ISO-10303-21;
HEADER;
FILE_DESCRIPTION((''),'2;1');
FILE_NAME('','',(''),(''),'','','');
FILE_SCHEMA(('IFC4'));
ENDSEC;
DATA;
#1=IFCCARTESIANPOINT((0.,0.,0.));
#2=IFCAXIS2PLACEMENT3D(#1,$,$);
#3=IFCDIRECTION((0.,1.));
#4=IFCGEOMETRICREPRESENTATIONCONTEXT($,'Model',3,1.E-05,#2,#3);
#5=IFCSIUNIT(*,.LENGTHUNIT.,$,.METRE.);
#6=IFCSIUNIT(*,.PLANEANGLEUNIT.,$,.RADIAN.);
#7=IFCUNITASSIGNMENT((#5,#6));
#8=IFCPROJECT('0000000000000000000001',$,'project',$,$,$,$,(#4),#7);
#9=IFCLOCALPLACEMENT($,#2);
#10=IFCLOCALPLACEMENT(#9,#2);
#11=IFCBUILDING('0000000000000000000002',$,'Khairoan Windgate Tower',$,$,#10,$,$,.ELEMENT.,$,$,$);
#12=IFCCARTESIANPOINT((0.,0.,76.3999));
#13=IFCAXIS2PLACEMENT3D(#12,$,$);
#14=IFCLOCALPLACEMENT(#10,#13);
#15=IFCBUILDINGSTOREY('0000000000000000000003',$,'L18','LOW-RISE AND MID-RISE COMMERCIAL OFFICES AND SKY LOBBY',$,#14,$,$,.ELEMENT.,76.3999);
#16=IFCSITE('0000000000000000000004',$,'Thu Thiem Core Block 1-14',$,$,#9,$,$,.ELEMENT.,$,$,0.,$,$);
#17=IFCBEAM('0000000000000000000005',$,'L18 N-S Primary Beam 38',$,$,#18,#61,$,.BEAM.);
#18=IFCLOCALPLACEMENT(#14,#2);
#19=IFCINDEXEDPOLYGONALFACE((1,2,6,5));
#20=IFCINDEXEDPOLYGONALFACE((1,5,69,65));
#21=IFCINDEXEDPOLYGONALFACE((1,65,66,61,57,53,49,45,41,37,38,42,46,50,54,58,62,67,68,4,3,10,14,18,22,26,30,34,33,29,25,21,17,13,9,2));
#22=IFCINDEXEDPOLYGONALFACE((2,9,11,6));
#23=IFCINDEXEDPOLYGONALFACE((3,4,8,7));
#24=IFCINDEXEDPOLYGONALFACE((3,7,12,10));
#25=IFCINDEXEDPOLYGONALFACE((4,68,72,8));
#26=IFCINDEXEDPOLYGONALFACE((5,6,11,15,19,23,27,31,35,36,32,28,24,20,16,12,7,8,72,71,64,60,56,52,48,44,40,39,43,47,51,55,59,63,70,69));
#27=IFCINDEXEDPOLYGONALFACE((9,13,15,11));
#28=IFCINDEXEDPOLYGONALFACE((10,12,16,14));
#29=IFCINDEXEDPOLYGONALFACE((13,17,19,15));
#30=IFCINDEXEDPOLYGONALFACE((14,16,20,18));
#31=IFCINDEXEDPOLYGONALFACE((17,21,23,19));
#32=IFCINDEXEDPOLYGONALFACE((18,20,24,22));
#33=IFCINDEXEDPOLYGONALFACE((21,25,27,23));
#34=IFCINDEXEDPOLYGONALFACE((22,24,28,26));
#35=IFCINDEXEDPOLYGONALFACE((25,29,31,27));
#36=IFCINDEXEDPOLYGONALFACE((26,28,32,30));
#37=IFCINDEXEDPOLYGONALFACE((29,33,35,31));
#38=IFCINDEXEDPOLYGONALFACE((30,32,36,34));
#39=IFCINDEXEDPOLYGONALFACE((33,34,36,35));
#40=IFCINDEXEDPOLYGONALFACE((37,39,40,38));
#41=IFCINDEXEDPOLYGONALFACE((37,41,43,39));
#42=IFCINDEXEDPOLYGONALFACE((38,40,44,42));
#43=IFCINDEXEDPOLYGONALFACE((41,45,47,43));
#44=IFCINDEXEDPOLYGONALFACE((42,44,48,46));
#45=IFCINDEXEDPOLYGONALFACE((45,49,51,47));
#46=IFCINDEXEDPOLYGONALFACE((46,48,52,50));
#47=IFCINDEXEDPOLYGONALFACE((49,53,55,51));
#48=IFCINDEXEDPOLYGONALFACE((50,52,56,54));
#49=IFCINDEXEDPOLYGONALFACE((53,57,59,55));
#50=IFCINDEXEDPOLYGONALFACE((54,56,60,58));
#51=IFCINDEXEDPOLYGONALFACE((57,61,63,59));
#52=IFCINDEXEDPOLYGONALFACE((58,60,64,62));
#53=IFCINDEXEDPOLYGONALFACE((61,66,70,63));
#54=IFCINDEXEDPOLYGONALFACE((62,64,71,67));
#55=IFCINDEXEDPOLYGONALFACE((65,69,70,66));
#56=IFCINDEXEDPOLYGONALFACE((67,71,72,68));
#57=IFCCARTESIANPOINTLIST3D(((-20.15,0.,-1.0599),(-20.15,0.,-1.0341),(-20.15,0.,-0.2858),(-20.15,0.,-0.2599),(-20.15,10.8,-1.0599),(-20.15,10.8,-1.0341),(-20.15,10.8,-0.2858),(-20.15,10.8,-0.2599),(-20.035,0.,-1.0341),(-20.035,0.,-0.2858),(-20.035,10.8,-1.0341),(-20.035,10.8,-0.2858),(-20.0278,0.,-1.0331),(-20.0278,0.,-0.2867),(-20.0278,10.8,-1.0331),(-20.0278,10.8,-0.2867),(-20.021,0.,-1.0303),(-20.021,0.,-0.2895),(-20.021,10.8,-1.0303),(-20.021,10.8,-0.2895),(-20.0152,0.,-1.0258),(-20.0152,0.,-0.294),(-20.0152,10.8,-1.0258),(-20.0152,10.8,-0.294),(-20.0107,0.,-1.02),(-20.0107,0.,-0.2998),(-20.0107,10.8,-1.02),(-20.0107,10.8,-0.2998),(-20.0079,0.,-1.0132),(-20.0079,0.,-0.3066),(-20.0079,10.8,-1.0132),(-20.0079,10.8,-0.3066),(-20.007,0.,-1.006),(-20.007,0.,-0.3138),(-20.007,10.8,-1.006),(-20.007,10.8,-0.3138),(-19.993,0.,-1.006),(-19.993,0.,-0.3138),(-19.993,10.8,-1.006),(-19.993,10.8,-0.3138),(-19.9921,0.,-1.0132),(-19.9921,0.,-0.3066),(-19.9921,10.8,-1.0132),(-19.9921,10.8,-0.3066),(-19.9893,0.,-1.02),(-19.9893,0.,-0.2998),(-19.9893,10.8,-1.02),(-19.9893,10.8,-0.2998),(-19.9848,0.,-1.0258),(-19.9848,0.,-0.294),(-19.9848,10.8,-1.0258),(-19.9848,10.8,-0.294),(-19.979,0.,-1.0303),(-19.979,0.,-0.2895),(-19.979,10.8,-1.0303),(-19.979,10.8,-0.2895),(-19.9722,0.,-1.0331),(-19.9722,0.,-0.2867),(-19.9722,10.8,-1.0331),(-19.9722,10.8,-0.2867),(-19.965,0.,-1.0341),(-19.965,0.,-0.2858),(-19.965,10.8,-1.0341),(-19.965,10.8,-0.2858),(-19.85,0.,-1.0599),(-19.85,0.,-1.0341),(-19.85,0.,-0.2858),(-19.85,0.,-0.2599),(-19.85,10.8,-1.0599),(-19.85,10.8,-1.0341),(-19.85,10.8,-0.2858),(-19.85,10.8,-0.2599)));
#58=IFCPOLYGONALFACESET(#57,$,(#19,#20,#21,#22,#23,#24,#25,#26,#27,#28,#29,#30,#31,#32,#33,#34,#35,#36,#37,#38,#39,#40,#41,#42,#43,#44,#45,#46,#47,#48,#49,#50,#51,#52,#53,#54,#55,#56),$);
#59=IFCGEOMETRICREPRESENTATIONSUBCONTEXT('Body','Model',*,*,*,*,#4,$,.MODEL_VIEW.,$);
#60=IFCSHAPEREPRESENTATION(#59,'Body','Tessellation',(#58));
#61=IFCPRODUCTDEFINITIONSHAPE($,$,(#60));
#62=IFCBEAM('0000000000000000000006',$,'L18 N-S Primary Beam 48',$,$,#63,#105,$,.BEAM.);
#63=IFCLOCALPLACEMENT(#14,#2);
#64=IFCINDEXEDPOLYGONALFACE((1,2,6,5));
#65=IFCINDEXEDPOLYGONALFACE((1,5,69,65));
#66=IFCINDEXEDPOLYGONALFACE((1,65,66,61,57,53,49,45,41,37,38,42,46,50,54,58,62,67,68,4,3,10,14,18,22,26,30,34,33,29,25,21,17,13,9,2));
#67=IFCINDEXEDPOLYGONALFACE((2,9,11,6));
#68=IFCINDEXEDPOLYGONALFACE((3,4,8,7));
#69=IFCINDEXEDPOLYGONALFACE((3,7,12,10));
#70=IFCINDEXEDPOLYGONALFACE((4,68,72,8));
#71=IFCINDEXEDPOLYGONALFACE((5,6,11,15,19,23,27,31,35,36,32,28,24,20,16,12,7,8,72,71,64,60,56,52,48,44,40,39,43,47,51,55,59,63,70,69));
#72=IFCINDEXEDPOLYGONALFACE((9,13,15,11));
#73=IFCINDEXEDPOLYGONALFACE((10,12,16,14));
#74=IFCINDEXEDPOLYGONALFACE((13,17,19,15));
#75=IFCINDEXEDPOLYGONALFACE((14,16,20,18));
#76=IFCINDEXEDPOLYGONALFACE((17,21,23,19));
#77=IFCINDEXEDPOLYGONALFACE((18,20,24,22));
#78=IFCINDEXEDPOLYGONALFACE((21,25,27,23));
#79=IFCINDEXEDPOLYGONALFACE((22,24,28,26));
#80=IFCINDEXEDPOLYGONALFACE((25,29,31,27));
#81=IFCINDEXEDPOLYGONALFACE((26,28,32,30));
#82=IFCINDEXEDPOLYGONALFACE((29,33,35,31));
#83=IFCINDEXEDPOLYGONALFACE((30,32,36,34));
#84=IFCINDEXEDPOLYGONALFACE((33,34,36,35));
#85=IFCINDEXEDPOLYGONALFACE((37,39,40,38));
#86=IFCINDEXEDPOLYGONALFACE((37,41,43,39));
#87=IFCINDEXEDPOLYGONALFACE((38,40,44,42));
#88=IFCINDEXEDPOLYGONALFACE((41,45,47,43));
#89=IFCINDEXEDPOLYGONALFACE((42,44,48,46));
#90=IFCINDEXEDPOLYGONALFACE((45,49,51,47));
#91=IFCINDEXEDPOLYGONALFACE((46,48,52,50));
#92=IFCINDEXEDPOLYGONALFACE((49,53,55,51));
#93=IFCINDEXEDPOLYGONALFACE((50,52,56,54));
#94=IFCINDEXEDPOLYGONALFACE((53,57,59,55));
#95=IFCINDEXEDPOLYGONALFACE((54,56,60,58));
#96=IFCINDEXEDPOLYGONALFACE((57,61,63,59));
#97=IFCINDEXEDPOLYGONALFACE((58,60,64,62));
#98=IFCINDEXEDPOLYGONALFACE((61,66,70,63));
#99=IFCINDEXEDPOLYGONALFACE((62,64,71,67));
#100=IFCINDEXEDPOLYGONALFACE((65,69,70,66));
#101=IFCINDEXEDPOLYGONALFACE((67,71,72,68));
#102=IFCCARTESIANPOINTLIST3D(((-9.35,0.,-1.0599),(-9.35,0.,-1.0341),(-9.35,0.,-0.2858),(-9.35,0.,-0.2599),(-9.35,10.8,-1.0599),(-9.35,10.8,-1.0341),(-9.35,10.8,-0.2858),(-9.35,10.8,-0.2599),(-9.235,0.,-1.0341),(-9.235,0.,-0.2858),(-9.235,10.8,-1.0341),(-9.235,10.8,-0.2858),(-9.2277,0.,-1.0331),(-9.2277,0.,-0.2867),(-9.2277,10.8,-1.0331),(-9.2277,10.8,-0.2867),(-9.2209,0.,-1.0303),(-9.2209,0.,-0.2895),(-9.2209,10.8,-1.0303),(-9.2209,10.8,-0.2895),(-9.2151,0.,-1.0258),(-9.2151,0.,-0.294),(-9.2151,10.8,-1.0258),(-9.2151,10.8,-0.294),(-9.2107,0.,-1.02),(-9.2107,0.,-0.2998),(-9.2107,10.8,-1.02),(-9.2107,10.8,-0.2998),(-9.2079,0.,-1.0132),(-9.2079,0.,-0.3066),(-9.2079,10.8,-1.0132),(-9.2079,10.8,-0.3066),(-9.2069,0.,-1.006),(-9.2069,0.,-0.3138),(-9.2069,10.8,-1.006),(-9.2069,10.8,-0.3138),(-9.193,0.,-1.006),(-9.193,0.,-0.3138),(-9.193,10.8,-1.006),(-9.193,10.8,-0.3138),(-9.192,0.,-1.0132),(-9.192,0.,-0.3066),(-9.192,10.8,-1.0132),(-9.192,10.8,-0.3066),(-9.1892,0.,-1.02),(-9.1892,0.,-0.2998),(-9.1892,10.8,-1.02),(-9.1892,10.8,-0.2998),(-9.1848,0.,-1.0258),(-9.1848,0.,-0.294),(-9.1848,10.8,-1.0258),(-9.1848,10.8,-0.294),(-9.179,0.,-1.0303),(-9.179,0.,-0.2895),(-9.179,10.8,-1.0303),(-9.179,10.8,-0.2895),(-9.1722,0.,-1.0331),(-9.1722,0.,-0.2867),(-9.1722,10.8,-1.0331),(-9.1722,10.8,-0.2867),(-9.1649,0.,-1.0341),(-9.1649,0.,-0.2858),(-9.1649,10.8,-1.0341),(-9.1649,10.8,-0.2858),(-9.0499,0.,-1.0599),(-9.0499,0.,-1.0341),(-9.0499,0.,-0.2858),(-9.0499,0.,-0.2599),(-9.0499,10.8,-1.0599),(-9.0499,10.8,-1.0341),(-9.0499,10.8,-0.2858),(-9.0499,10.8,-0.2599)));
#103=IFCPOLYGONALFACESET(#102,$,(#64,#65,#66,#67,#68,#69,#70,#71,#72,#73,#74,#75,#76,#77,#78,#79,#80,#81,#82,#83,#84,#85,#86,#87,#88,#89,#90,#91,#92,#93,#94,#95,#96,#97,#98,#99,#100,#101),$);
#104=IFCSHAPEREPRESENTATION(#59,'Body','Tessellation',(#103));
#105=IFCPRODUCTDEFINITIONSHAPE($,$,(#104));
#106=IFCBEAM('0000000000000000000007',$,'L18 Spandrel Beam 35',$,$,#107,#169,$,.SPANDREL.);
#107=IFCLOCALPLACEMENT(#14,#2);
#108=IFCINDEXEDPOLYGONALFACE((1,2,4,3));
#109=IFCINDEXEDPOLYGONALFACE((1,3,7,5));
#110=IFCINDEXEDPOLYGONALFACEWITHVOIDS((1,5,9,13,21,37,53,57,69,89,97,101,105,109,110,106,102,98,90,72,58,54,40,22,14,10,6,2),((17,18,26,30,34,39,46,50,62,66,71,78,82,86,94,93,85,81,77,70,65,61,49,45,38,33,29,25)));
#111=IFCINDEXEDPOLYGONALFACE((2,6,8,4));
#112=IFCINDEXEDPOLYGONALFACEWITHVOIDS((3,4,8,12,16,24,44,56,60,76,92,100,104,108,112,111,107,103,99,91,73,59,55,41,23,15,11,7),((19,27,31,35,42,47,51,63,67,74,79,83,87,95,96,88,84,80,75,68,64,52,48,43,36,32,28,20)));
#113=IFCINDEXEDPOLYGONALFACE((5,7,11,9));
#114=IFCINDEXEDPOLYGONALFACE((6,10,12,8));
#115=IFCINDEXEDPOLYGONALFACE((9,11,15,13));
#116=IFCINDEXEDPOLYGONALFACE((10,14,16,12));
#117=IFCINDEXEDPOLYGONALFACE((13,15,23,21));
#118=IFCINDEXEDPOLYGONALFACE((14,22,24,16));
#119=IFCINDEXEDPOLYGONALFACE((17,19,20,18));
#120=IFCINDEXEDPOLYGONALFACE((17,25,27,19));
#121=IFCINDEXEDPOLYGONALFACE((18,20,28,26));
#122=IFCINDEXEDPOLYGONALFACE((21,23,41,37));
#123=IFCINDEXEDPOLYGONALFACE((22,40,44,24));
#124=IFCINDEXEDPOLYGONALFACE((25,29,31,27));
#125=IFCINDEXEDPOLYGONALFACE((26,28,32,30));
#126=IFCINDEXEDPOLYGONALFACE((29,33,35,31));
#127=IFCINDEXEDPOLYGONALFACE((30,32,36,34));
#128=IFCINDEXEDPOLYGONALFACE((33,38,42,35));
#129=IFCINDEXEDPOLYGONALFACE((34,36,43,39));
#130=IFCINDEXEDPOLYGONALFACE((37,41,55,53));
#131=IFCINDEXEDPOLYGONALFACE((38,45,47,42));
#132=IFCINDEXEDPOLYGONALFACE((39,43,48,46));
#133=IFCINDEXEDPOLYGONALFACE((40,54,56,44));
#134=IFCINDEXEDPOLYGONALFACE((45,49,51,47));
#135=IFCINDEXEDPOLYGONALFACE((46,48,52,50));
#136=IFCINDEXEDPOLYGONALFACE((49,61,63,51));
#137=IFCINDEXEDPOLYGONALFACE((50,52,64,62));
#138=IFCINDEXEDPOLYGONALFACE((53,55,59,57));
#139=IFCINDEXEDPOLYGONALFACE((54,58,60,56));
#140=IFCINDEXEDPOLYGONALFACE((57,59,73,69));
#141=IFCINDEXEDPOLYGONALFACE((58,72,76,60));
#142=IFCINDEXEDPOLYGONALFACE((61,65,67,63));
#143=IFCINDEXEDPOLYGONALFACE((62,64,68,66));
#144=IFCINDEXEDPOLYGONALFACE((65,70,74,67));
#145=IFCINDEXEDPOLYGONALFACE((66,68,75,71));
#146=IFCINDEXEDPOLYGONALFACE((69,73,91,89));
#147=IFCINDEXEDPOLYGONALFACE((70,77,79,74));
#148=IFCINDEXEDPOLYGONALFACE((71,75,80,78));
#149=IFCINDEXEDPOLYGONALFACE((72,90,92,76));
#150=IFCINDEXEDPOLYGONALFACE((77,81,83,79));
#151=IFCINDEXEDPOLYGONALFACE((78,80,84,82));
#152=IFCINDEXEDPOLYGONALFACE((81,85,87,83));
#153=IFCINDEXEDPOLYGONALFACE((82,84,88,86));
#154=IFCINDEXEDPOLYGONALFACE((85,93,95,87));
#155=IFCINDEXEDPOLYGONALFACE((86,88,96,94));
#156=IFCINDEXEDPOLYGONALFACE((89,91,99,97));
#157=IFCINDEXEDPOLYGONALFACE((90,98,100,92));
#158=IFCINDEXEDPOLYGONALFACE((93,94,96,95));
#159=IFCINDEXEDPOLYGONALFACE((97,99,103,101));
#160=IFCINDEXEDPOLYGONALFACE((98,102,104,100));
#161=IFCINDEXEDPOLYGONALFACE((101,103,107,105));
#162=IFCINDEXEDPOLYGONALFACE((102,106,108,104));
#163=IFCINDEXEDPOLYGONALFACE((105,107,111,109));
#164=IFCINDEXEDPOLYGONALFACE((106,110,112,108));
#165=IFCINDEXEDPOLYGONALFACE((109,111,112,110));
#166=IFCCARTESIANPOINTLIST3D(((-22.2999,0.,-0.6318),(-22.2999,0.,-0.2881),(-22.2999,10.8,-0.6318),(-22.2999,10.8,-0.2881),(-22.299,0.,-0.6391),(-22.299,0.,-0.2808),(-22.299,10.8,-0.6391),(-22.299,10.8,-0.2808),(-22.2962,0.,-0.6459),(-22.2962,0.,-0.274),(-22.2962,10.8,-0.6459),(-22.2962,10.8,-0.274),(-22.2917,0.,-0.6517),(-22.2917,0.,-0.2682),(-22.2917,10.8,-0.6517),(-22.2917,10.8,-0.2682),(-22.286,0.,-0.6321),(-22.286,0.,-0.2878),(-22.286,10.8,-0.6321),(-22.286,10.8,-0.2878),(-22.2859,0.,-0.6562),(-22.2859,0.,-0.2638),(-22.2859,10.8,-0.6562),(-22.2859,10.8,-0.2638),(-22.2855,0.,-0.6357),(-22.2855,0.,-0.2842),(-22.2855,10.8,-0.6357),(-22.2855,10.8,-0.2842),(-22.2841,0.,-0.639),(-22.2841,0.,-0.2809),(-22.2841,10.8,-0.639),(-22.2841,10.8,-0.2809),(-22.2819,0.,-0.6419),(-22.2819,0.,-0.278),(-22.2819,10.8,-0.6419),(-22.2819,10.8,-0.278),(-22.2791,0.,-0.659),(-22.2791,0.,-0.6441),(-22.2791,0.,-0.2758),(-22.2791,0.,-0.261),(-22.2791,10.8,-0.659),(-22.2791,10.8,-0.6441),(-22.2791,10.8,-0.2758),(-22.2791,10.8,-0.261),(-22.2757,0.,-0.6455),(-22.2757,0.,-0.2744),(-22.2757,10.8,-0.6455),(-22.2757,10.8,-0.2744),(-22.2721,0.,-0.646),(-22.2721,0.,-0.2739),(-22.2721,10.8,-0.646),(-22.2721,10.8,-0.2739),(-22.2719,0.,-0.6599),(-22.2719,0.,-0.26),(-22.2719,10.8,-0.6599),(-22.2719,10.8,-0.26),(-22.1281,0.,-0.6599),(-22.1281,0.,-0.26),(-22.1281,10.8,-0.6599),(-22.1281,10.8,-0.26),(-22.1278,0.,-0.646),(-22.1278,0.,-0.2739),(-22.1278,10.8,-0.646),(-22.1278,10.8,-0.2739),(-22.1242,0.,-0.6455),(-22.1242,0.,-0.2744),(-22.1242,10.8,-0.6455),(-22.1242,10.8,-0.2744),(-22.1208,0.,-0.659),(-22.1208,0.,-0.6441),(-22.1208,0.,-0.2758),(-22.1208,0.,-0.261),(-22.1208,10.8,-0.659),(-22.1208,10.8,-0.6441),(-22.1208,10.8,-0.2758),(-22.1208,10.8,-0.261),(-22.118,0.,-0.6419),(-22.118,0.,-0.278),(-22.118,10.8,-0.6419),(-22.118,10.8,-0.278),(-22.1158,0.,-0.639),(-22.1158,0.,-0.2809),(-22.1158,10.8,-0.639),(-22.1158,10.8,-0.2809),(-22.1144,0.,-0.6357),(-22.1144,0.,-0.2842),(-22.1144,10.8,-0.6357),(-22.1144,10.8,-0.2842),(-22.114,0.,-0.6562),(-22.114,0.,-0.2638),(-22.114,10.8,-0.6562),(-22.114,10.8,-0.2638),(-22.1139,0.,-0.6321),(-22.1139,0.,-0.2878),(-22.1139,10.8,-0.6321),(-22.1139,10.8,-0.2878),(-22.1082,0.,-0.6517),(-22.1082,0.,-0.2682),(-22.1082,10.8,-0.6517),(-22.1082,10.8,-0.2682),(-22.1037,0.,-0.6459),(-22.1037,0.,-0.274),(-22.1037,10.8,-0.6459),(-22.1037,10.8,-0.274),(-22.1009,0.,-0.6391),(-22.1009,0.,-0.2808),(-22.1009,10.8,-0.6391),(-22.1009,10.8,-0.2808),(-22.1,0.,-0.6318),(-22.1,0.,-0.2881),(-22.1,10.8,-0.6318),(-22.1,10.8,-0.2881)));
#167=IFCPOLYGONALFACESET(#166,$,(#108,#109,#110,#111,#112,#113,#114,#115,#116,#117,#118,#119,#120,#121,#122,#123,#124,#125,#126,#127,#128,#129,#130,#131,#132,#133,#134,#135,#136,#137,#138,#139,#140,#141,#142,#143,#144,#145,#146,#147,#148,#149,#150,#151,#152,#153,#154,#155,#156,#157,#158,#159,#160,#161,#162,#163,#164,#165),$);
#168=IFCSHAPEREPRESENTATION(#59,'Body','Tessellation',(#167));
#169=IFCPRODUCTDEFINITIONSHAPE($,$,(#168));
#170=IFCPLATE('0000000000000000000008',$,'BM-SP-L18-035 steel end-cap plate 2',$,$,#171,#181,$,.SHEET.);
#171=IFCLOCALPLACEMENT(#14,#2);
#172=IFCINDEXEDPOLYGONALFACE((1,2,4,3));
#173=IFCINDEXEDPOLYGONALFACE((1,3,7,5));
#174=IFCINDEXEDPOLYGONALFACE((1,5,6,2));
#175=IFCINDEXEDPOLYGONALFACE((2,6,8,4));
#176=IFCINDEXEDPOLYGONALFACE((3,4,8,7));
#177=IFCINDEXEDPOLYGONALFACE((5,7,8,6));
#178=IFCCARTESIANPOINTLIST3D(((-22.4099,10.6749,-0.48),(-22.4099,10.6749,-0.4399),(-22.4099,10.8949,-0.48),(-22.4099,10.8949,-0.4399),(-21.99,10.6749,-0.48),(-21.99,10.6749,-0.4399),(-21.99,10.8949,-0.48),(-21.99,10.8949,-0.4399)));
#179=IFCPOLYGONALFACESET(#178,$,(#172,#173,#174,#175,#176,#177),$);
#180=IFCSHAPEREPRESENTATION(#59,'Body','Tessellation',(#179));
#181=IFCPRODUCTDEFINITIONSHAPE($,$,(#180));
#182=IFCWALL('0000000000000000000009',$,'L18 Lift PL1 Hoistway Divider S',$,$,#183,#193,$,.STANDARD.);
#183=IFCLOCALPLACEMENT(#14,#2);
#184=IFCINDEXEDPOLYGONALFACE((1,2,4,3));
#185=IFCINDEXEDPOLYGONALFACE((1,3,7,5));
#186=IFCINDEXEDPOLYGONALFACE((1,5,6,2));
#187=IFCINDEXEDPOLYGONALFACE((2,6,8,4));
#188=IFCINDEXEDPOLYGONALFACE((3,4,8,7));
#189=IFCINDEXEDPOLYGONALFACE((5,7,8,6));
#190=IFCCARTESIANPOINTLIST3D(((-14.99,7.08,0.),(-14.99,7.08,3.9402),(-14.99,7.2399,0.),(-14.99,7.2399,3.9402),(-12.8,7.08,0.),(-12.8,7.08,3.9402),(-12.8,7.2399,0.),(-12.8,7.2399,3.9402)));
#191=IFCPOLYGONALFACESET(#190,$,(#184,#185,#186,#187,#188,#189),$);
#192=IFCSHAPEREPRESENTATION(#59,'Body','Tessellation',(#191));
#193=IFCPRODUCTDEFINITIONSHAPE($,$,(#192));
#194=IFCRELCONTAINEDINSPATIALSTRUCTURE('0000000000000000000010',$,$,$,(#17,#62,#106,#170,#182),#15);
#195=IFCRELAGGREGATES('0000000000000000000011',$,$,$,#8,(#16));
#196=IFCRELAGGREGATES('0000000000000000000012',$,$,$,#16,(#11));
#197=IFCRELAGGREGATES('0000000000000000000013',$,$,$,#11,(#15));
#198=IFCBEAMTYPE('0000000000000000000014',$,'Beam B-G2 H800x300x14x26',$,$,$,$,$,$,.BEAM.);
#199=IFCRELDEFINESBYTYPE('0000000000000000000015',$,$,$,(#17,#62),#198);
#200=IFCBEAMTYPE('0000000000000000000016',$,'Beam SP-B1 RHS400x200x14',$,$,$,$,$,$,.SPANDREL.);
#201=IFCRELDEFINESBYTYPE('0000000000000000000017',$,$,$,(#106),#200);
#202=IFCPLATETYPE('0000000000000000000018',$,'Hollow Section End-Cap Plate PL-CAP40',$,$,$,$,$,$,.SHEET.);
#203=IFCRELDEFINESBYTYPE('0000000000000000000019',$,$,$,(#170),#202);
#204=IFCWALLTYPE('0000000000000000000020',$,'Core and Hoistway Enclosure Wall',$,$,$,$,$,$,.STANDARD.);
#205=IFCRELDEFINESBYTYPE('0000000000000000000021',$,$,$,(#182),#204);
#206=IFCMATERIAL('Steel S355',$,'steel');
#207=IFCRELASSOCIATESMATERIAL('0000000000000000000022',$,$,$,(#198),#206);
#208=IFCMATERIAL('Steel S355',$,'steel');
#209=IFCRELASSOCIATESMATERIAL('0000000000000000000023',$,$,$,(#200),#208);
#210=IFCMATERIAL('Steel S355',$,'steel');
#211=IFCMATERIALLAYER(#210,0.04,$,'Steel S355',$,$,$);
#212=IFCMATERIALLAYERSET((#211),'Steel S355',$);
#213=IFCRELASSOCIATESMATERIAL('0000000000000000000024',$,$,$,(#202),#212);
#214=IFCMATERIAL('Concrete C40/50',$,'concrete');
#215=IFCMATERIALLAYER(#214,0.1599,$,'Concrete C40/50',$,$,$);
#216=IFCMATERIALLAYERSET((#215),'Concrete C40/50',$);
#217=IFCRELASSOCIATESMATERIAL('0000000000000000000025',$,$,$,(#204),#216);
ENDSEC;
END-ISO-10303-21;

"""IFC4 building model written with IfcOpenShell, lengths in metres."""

from ifc_helpers import new_model, si_unit, direction, frame, frame_2d, origin, origin_2d, place, context, subcontext, project, spatial, rectangle, hollow_rectangle, i_section, extrude, material, layer, layer_set, material_profile, profile_set, type_object, element, save


model = new_model("IFC4")

# Units and contexts
model_context = context("Model", 3, precision=1e-05, world=origin(), true_north=direction((0.0, 1.0)))
body_context = subcontext(model_context, "Body", "Model", "MODEL_VIEW")
ifc_project = project(units=[si_unit("LENGTHUNIT", "METRE"), si_unit("PLANEANGLEUNIT", "RADIAN")], contexts=[model_context])

# Site, building, storey
site_placement = place(None, origin())
site = spatial("IfcSite", under=ifc_project, at=site_placement, Name="Thu Thiem Core Block 1-14", CompositionType="ELEMENT", RefElevation=0.0)
building_placement = place(site_placement, origin())
building = spatial("IfcBuilding", under=site, at=building_placement, Name="Khairoan Windgate Tower", CompositionType="ELEMENT")
storey_placement = place(building_placement, frame((0.0, 0.0, 76.3999)))
storey = spatial("IfcBuildingStorey", under=building, at=storey_placement, Name="L18", Description="LOW-RISE AND MID-RISE COMMERCIAL OFFICES AND SKY LOBBY", CompositionType="ELEMENT", Elevation=76.3999)

# Beams
ifc_material_1 = material(Name="Steel S355", Category="steel")
ifc_material_profile_1 = material_profile(ifc_material_1, i_section(OverallWidth=0.3, OverallDepth=0.8, WebThickness=0.0139, FlangeThickness=0.0259, FilletRadius=0.0281, at=origin_2d()))
ifc_profile_set_1 = profile_set([ifc_material_profile_1], Name="Steel S355")
beam_type_1 = type_object("IfcBeamType", Name="Beam B-G2 H800x300x14x26", PredefinedType="BEAM", material=ifc_profile_set_1)
for number, where, z_axis, x_axis, name in (
    (1, (-20.0, 0.0, -0.6599), (0.0, 1.0, 0.0), (-1.0, 0.0, 0.0), "L18 N-S Primary Beam 38"),
    (2, (-9.2, 0.0, -0.6599), (0.0, 1.0, 0.0), (-1.0, 0.0, 0.0), "L18 N-S Primary Beam 48"),
):
    element("IfcBeam", number, at=place(storey_placement, frame(where, z_axis=z_axis, x_axis=x_axis)), inside=storey, type_object=beam_type_1, Name=name, PredefinedType="BEAM", context=body_context, shape_type="SweptSolid", body=[
        extrude(i_section(OverallWidth=0.3, OverallDepth=0.8, WebThickness=0.0139, FlangeThickness=0.0259, FilletRadius=0.0281, at=origin_2d()), origin(), (0.0, 0.0, 1.0), 10.8),
    ])
ifc_material_2 = material(Name="Steel S355", Category="steel")
ifc_material_profile_2 = material_profile(ifc_material_2, hollow_rectangle(XDim=0.2, YDim=0.3999, WallThickness=0.0139, InnerFilletRadius=0.0139, OuterFilletRadius=0.0281, at=origin_2d()))
ifc_profile_set_2 = profile_set([ifc_material_profile_2], Name="Steel S355")
beam_type_2 = type_object("IfcBeamType", Name="Beam SP-B1 RHS400x200x14", PredefinedType="SPANDREL", material=ifc_profile_set_2)
beam_1_placement = place(storey_placement, frame((-22.2, 0.0, -0.46), z_axis=(0.0, 1.0, 0.0), x_axis=(-1.0, 0.0, 0.0)))
element("IfcBeam", 3, at=beam_1_placement, inside=storey, type_object=beam_type_2, Name="L18 Spandrel Beam 35", PredefinedType="SPANDREL", context=body_context, shape_type="SweptSolid", body=[
    extrude(hollow_rectangle(XDim=0.2, YDim=0.3999, WallThickness=0.0139, InnerFilletRadius=0.0139, OuterFilletRadius=0.0281, at=origin_2d()), origin(), (0.0, 0.0, 1.0), 10.8),
])

# Plate
ifc_material_3 = material(Name="Steel S355", Category="steel")
ifc_layer_1 = layer(ifc_material_3, 0.04, Name="Steel S355")
ifc_layer_set_1 = layer_set([ifc_layer_1], Name="Steel S355")
plate_type = type_object("IfcPlateType", Name="Hollow Section End-Cap Plate PL-CAP40", PredefinedType="SHEET", material=ifc_layer_set_1)
plate_placement = place(storey_placement, frame((-22.2, 10.7849, -0.48), z_axis=(0.0, 0.0, 1.0), x_axis=(0.0, 1.0, 0.0)))
element("IfcPlate", 4, at=plate_placement, inside=storey, type_object=plate_type, Name="BM-SP-L18-035 steel end-cap plate 2", PredefinedType="SHEET", context=body_context, shape_type="SweptSolid", body=[
    extrude(rectangle(XDim=0.22, YDim=0.4199, at=origin_2d()), origin(), (0.0, 0.0, 1.0), 0.04),
])

# Wall
ifc_material_4 = material(Name="Concrete C40/50", Category="concrete")
ifc_layer_2 = layer(ifc_material_4, 0.1599, Name="Concrete C40/50")
ifc_layer_set_2 = layer_set([ifc_layer_2], Name="Concrete C40/50")
wall_type_1 = type_object("IfcWallType", Name="Core and Hoistway Enclosure Wall", PredefinedType="STANDARD", material=ifc_layer_set_2)
for number, where, z_axis, x_axis, name in (
    (5, (-14.99, 7.1599, 0.0), (0.0, 0.0, 1.0), (1.0, 0.0, 0.0), "L18 Lift PL1 Hoistway Divider S"),
):
    element("IfcWall", number, at=place(storey_placement, frame(where, z_axis=z_axis, x_axis=x_axis)), inside=storey, type_object=wall_type_1, Name=name, PredefinedType="STANDARD", context=body_context, shape_type="SweptSolid", body=[
        extrude(rectangle(XDim=2.1899, YDim=0.1599, at=frame_2d((1.095, 0.0))), origin(), (0.0, 0.0, 1.0), 3.9402),
    ])

save(model, "model.ifc")
